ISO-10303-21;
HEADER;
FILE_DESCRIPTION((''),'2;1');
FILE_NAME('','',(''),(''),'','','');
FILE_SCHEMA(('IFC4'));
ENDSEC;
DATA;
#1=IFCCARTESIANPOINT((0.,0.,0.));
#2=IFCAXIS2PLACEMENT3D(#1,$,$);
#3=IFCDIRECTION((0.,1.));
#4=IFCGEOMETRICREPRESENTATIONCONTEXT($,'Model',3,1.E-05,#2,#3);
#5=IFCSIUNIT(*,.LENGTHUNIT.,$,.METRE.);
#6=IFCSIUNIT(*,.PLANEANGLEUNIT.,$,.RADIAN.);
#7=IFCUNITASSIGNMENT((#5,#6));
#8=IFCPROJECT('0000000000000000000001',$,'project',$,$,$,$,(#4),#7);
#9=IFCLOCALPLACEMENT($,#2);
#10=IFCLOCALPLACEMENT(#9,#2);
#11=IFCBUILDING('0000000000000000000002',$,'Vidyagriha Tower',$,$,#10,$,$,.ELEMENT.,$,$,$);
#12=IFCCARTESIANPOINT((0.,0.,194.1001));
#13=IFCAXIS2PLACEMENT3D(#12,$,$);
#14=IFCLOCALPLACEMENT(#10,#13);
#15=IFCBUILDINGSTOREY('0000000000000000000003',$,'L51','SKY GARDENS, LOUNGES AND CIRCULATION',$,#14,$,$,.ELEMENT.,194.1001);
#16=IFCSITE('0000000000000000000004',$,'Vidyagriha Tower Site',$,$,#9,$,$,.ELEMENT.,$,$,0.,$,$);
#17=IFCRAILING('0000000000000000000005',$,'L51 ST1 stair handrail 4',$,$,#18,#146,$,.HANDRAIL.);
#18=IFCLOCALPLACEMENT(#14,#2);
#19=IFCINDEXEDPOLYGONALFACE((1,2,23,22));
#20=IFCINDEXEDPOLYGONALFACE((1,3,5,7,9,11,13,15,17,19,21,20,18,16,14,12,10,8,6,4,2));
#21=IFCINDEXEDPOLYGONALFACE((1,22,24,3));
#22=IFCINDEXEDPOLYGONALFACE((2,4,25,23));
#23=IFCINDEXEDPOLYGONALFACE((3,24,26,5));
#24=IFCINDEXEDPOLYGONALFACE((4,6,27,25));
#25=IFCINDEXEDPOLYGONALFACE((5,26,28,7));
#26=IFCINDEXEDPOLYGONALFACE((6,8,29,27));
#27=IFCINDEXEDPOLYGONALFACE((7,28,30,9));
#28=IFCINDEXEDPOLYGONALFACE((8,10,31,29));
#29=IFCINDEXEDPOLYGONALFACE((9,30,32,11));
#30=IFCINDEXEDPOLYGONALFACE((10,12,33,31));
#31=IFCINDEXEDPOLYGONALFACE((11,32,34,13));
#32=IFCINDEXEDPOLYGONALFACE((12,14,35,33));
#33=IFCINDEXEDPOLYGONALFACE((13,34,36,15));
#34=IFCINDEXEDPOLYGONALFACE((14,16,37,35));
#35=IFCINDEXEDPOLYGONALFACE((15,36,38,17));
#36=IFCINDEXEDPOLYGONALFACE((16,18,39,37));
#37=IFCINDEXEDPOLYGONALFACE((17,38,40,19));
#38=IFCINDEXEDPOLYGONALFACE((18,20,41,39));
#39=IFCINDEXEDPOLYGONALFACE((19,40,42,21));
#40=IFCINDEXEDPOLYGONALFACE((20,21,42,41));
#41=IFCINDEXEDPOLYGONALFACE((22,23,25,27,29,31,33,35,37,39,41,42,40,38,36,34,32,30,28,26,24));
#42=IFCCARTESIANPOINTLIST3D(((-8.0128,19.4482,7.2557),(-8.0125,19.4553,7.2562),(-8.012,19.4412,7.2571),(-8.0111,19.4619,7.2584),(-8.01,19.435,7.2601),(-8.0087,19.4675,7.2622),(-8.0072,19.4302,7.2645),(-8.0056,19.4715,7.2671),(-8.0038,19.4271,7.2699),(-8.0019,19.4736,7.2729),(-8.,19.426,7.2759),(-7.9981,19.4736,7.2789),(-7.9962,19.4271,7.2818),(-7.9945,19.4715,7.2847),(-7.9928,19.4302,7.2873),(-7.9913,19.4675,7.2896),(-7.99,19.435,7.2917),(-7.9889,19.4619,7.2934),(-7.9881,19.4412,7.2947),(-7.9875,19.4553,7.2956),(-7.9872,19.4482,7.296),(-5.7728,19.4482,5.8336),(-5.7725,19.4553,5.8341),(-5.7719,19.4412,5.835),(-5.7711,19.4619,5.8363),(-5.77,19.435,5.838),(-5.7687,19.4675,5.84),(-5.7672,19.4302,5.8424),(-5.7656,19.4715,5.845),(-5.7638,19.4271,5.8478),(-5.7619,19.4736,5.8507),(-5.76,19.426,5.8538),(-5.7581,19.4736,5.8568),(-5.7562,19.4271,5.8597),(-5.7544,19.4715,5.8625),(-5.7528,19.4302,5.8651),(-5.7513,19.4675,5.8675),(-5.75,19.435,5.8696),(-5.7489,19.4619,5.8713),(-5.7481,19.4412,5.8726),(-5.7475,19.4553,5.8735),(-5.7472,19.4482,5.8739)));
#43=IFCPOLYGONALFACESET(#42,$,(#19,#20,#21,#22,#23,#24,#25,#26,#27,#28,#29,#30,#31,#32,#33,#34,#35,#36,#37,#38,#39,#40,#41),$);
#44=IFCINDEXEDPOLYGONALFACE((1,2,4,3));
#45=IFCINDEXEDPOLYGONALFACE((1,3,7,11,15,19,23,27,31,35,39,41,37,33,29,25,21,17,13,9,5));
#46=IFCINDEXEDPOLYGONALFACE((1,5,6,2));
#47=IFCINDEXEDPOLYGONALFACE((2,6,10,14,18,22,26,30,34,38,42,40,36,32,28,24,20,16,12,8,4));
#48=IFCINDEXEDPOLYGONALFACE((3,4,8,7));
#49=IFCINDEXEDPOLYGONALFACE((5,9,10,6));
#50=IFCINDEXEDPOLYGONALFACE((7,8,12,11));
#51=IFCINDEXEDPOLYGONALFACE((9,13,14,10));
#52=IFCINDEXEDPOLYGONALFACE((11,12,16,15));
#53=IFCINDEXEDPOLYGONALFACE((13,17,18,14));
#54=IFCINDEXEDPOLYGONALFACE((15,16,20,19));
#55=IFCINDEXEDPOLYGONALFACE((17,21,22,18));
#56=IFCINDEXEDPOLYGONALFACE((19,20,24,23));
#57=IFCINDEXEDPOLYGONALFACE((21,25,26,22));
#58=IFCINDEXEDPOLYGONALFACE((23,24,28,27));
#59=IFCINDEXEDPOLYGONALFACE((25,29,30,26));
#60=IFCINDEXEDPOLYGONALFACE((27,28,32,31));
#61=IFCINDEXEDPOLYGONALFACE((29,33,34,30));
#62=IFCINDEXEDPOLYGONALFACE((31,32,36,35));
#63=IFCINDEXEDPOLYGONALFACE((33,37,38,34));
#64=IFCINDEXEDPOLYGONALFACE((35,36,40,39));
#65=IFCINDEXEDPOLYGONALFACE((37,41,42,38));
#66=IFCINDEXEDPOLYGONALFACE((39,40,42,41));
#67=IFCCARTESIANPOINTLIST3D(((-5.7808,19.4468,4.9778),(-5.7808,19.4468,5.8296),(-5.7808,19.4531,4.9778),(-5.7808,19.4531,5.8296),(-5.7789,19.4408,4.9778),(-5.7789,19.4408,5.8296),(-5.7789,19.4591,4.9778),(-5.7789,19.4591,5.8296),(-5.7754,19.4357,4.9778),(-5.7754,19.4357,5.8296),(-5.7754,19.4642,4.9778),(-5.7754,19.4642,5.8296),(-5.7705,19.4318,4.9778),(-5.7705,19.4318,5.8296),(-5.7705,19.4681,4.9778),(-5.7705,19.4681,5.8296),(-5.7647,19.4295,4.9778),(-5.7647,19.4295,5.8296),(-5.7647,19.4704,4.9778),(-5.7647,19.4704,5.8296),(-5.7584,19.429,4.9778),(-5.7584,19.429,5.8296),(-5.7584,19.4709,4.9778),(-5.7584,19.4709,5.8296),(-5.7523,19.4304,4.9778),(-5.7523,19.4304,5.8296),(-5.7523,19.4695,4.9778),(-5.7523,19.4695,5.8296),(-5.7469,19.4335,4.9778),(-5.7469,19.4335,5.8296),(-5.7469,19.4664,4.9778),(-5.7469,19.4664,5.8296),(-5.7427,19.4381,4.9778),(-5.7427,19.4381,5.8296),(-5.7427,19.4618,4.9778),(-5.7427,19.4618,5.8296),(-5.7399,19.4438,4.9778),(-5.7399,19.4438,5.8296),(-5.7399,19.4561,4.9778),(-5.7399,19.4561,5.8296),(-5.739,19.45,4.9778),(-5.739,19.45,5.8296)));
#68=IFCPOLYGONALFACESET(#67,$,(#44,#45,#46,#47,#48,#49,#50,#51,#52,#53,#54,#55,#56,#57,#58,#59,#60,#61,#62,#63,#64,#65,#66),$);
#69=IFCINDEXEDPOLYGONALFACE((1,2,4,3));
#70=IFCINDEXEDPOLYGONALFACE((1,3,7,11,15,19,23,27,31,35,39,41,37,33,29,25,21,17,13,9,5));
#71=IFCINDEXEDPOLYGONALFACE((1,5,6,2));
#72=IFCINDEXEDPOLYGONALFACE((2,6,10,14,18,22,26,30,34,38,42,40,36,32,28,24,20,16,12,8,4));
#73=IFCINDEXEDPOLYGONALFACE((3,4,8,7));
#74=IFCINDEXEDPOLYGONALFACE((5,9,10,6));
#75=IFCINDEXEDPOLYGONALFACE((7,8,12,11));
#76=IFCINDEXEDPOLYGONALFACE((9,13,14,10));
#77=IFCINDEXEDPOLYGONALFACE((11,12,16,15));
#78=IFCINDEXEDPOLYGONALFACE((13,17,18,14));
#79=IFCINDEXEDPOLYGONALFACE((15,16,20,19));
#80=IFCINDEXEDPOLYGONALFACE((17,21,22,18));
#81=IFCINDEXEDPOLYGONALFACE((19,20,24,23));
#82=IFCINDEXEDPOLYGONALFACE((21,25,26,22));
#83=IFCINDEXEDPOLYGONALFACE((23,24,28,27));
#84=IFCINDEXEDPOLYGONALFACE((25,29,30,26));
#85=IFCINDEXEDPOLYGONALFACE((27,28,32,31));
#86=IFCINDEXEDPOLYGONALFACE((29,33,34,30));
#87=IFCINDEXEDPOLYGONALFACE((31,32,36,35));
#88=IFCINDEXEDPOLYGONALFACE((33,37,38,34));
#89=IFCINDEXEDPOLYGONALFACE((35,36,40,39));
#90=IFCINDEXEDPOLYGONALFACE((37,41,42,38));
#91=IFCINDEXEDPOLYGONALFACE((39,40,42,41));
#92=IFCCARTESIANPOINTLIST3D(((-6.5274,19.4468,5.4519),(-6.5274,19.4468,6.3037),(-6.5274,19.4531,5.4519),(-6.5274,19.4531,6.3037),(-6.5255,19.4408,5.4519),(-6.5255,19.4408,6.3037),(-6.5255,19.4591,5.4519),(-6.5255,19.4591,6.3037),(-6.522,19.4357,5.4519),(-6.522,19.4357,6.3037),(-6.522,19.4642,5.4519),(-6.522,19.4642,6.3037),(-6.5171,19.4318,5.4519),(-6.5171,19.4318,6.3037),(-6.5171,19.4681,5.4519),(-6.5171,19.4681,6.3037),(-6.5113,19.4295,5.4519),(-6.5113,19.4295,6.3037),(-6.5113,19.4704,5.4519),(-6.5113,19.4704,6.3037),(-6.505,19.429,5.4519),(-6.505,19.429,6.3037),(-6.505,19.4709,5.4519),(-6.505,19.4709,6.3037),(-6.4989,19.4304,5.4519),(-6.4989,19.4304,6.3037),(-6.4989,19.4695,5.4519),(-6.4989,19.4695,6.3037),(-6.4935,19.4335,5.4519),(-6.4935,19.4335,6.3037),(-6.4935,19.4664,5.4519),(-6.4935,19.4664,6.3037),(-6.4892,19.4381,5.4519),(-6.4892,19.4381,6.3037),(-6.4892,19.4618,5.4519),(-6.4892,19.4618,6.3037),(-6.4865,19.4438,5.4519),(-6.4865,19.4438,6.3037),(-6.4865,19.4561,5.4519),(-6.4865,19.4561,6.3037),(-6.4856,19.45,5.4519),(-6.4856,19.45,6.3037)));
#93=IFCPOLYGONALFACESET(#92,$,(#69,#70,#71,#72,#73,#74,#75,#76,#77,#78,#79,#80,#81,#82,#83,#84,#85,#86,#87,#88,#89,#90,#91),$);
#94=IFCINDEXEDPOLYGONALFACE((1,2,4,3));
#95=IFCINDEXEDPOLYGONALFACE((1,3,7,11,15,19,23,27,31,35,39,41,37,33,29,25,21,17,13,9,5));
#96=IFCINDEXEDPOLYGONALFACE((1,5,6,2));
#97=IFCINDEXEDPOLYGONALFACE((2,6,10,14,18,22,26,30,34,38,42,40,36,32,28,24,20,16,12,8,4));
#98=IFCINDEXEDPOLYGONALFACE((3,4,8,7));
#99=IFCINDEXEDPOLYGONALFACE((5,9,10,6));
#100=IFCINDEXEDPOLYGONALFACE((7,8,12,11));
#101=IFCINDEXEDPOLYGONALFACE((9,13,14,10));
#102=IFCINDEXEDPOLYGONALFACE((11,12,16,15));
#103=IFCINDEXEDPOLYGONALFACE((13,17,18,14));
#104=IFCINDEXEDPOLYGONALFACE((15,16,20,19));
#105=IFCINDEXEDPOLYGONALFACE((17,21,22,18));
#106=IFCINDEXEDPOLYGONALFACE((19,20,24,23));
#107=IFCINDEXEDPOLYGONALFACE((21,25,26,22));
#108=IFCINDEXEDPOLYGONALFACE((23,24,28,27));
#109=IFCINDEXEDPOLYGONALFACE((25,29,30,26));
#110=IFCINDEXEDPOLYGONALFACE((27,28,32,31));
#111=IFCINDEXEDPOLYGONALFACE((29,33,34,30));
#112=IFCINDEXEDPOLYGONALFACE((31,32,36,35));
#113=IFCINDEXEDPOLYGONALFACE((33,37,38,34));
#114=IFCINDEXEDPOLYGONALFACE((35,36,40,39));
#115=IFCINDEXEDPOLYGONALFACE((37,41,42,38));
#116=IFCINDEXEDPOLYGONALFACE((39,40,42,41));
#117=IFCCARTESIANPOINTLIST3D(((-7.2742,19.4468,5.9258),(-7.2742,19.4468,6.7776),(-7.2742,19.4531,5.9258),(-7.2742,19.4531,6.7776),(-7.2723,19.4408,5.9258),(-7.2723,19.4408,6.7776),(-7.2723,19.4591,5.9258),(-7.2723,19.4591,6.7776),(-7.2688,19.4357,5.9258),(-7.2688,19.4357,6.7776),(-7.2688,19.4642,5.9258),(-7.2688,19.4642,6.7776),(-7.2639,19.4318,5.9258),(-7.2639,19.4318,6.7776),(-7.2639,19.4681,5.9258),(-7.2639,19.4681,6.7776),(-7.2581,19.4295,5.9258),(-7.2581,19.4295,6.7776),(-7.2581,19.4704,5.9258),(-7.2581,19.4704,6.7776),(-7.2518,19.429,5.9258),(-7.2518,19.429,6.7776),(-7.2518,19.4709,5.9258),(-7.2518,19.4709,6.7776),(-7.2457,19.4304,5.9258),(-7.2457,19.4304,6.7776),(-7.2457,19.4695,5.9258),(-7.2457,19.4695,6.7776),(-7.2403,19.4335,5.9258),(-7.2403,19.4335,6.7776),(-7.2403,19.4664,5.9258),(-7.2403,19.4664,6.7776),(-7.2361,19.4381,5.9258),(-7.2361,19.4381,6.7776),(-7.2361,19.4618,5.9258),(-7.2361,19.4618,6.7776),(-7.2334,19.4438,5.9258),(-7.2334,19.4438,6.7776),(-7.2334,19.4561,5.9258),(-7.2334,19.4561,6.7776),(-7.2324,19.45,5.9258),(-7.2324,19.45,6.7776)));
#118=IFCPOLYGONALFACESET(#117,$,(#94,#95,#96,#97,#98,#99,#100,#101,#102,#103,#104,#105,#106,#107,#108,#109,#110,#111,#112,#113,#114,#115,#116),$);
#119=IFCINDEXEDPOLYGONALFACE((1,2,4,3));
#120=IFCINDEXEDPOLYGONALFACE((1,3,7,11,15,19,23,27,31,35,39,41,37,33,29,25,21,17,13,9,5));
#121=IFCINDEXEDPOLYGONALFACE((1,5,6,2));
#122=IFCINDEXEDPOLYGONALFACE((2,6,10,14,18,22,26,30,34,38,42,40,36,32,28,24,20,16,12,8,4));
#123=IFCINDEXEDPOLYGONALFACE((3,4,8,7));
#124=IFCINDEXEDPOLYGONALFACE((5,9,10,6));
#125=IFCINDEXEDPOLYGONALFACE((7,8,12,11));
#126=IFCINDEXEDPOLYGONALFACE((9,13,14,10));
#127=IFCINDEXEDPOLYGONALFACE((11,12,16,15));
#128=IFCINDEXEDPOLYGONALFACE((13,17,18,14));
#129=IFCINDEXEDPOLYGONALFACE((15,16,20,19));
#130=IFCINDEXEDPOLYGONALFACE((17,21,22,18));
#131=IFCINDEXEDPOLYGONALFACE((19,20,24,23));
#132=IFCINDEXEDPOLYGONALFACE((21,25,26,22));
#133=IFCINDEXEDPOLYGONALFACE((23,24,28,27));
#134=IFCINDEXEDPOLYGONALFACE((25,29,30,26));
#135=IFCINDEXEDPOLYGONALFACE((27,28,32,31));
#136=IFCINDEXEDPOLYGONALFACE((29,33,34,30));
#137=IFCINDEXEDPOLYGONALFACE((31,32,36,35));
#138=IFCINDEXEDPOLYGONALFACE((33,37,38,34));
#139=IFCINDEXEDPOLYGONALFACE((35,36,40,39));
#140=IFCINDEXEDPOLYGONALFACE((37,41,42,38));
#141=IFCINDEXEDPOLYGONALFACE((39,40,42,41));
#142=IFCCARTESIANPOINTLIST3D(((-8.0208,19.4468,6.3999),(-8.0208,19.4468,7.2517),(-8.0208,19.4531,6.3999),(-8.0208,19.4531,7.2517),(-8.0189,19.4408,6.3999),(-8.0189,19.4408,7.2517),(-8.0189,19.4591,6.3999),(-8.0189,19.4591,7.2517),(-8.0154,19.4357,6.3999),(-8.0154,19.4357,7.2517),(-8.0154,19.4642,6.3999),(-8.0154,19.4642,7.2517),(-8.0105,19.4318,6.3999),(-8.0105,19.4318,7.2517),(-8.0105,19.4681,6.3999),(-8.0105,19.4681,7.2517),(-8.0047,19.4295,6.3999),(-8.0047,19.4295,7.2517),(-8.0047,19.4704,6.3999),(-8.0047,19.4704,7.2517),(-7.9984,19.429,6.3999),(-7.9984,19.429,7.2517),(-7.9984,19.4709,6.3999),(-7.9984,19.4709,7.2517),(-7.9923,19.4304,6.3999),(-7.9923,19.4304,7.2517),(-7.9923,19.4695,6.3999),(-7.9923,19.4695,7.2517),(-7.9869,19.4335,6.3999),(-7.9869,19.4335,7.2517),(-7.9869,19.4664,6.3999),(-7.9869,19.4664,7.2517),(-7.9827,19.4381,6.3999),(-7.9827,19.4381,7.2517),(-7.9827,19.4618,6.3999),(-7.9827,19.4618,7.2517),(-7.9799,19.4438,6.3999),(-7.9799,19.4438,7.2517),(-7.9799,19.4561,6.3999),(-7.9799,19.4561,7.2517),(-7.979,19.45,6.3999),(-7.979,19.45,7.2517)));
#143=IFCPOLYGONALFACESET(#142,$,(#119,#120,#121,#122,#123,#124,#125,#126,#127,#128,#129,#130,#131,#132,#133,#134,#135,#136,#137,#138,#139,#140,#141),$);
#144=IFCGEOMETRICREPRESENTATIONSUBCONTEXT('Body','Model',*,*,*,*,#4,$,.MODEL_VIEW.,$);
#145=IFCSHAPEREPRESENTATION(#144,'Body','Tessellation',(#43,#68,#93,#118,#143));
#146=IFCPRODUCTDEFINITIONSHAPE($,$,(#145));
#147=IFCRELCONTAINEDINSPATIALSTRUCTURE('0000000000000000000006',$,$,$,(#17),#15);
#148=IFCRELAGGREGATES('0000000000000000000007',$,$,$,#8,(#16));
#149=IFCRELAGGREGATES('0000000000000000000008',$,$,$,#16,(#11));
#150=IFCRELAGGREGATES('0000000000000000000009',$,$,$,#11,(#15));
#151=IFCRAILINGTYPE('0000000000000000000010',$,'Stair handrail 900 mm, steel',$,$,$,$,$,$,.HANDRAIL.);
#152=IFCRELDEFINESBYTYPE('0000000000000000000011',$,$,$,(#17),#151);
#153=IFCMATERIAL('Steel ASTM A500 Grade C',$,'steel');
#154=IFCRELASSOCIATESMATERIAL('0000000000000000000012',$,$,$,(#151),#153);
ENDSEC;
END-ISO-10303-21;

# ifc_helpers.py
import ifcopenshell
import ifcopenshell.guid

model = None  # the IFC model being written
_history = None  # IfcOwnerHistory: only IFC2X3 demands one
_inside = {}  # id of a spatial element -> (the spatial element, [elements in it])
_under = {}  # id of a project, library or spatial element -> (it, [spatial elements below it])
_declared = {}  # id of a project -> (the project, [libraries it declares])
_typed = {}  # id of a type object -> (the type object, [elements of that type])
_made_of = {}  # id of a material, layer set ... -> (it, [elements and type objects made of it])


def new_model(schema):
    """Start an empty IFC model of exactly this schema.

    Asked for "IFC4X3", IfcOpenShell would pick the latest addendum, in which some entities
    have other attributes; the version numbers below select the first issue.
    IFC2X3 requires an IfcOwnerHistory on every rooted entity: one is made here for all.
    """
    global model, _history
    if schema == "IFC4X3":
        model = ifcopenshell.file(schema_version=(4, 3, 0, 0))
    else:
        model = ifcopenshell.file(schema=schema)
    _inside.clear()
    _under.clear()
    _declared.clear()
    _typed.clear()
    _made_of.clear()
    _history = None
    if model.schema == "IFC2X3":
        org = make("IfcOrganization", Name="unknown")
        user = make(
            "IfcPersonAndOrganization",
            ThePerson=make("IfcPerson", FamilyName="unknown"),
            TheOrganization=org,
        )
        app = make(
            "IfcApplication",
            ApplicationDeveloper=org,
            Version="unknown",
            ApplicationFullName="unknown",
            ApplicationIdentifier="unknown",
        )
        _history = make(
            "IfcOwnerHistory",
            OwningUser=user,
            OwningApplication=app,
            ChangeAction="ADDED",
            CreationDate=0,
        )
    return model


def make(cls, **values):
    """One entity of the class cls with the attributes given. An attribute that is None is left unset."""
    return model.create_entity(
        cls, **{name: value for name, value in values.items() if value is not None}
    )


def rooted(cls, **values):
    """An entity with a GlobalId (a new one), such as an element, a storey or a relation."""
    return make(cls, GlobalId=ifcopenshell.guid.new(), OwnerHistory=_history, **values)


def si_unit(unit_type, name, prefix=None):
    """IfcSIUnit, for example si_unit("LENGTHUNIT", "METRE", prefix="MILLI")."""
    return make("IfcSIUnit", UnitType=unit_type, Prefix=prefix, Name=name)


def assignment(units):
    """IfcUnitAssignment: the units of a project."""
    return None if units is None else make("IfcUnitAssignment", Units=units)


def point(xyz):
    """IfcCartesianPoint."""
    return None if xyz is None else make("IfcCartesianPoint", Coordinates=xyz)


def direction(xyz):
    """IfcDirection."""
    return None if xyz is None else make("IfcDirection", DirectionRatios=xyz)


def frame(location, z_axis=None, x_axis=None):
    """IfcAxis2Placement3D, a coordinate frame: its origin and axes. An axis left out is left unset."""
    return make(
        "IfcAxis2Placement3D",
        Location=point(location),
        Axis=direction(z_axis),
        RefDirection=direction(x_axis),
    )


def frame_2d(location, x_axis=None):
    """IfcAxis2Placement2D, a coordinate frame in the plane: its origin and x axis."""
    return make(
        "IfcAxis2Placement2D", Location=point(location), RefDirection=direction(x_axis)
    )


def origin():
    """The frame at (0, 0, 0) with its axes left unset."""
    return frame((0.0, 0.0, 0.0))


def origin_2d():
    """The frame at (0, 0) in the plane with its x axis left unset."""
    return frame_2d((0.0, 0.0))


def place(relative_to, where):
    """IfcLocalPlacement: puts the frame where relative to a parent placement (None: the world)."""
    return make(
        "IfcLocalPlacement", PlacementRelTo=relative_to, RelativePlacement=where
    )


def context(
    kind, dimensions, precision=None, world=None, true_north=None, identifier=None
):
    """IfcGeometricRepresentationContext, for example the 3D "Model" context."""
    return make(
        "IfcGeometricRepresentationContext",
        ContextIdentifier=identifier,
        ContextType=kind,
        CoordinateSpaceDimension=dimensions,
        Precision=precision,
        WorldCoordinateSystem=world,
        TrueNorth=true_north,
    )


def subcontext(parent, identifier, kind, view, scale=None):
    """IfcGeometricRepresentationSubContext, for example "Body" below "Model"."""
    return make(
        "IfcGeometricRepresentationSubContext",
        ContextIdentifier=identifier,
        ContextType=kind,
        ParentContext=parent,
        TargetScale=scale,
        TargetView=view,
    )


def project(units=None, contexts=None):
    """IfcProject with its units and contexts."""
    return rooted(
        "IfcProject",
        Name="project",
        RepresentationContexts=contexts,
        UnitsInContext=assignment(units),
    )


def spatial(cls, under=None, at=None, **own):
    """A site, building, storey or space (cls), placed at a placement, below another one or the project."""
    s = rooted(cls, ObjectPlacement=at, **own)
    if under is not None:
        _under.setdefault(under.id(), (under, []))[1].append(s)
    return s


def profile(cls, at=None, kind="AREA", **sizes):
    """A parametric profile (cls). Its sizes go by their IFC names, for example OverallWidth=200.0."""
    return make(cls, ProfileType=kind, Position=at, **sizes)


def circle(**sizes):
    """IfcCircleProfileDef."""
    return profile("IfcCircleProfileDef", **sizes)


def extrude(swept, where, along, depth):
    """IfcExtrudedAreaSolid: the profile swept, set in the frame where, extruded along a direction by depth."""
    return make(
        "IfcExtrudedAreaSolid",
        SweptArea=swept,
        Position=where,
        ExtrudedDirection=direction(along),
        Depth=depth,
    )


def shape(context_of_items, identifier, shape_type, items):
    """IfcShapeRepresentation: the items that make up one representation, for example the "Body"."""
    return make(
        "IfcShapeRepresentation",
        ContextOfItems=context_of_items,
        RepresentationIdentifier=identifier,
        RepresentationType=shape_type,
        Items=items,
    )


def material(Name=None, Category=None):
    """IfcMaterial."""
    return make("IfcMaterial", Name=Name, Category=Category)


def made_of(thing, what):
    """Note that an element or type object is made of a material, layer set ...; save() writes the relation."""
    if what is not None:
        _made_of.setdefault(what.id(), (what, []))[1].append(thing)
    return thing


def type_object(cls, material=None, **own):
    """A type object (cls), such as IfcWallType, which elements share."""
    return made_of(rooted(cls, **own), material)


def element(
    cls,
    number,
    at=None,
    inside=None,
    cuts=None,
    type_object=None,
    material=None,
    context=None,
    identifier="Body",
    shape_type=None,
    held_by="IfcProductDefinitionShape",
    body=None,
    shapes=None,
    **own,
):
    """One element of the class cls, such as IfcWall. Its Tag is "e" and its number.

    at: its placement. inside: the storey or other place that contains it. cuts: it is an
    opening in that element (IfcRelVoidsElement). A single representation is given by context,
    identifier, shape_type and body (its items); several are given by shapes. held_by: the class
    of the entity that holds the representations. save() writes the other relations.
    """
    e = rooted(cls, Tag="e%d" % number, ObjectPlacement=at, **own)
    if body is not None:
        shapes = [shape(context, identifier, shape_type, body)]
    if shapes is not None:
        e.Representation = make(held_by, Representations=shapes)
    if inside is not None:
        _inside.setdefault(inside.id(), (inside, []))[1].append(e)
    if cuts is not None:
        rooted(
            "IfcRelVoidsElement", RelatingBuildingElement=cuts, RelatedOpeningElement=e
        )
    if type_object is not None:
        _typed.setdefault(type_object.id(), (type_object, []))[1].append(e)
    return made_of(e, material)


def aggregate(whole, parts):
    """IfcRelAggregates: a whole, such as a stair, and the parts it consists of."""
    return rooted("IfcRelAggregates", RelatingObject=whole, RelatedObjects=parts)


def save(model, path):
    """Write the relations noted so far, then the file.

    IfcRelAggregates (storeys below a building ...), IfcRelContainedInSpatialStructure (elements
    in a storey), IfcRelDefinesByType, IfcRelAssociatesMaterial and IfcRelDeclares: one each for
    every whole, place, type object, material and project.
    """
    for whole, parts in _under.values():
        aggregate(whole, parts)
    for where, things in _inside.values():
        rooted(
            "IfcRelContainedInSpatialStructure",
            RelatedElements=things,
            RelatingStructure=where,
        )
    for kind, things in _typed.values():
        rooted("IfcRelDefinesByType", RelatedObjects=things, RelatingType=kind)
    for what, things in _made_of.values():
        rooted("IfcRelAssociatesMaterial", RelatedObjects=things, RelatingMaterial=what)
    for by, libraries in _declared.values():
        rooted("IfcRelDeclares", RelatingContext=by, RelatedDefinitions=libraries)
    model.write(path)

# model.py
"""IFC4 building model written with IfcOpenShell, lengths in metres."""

from ifc_helpers import new_model, si_unit, direction, frame, origin, origin_2d, place, context, subcontext, project, spatial, circle, extrude, material, type_object, element, save


model = new_model("IFC4")

# Units and contexts
model_context = context("Model", 3, precision=1e-05, world=origin(), true_north=direction((0.0, 1.0)))
body_context = subcontext(model_context, "Body", "Model", "MODEL_VIEW")
ifc_project = project(units=[si_unit("LENGTHUNIT", "METRE"), si_unit("PLANEANGLEUNIT", "RADIAN")], contexts=[model_context])

# Site, building, storey
site_placement = place(None, origin())
site = spatial("IfcSite", under=ifc_project, at=site_placement, Name="Vidyagriha Tower Site", CompositionType="ELEMENT", RefElevation=0.0)
building_placement = place(site_placement, origin())
building = spatial("IfcBuilding", under=site, at=building_placement, Name="Vidyagriha Tower", CompositionType="ELEMENT")
storey_placement = place(building_placement, frame((0.0, 0.0, 194.1001)))
storey = spatial("IfcBuildingStorey", under=building, at=storey_placement, Name="L51", Description="SKY GARDENS, LOUNGES AND CIRCULATION", CompositionType="ELEMENT", Elevation=194.1001)

# Railing
ifc_material_1 = material(Name="Steel ASTM A500 Grade C", Category="steel")
railing_type_1 = type_object("IfcRailingType", Name="Stair handrail 900 mm, steel", PredefinedType="HANDRAIL", material=ifc_material_1)
for number, where, name in (
    (1, (-5.76, 19.45, 4.9778), "L51 ST1 stair handrail 4"),
):
    element("IfcRailing", number, at=place(storey_placement, frame(where)), inside=storey, type_object=railing_type_1, Name=name, PredefinedType="HANDRAIL", context=body_context, shape_type="SweptSolid", body=[
        extrude(circle(Radius=0.0239, at=origin_2d()), frame((0.0, 0.0, 0.876), z_axis=(-0.844229, 0.0, 0.535982), x_axis=(0.0, -1.0, 0.0)), (0.0, 0.0, 1.0), 2.6533),
        extrude(circle(Radius=0.021, at=origin_2d()), origin(), (0.0, 0.0, 1.0), 0.8518),
        extrude(circle(Radius=0.021, at=origin_2d()), frame((-0.7466, 0.0, 0.4741)), (0.0, 0.0, 1.0), 0.8518),
        extrude(circle(Radius=0.021, at=origin_2d()), frame((-1.4934, 0.0, 0.948)), (0.0, 0.0, 1.0), 0.8518),
        extrude(circle(Radius=0.021, at=origin_2d()), frame((-2.24, 0.0, 1.4221)), (0.0, 0.0, 1.0), 0.8518),
    ])

save(model, "model.ifc")
